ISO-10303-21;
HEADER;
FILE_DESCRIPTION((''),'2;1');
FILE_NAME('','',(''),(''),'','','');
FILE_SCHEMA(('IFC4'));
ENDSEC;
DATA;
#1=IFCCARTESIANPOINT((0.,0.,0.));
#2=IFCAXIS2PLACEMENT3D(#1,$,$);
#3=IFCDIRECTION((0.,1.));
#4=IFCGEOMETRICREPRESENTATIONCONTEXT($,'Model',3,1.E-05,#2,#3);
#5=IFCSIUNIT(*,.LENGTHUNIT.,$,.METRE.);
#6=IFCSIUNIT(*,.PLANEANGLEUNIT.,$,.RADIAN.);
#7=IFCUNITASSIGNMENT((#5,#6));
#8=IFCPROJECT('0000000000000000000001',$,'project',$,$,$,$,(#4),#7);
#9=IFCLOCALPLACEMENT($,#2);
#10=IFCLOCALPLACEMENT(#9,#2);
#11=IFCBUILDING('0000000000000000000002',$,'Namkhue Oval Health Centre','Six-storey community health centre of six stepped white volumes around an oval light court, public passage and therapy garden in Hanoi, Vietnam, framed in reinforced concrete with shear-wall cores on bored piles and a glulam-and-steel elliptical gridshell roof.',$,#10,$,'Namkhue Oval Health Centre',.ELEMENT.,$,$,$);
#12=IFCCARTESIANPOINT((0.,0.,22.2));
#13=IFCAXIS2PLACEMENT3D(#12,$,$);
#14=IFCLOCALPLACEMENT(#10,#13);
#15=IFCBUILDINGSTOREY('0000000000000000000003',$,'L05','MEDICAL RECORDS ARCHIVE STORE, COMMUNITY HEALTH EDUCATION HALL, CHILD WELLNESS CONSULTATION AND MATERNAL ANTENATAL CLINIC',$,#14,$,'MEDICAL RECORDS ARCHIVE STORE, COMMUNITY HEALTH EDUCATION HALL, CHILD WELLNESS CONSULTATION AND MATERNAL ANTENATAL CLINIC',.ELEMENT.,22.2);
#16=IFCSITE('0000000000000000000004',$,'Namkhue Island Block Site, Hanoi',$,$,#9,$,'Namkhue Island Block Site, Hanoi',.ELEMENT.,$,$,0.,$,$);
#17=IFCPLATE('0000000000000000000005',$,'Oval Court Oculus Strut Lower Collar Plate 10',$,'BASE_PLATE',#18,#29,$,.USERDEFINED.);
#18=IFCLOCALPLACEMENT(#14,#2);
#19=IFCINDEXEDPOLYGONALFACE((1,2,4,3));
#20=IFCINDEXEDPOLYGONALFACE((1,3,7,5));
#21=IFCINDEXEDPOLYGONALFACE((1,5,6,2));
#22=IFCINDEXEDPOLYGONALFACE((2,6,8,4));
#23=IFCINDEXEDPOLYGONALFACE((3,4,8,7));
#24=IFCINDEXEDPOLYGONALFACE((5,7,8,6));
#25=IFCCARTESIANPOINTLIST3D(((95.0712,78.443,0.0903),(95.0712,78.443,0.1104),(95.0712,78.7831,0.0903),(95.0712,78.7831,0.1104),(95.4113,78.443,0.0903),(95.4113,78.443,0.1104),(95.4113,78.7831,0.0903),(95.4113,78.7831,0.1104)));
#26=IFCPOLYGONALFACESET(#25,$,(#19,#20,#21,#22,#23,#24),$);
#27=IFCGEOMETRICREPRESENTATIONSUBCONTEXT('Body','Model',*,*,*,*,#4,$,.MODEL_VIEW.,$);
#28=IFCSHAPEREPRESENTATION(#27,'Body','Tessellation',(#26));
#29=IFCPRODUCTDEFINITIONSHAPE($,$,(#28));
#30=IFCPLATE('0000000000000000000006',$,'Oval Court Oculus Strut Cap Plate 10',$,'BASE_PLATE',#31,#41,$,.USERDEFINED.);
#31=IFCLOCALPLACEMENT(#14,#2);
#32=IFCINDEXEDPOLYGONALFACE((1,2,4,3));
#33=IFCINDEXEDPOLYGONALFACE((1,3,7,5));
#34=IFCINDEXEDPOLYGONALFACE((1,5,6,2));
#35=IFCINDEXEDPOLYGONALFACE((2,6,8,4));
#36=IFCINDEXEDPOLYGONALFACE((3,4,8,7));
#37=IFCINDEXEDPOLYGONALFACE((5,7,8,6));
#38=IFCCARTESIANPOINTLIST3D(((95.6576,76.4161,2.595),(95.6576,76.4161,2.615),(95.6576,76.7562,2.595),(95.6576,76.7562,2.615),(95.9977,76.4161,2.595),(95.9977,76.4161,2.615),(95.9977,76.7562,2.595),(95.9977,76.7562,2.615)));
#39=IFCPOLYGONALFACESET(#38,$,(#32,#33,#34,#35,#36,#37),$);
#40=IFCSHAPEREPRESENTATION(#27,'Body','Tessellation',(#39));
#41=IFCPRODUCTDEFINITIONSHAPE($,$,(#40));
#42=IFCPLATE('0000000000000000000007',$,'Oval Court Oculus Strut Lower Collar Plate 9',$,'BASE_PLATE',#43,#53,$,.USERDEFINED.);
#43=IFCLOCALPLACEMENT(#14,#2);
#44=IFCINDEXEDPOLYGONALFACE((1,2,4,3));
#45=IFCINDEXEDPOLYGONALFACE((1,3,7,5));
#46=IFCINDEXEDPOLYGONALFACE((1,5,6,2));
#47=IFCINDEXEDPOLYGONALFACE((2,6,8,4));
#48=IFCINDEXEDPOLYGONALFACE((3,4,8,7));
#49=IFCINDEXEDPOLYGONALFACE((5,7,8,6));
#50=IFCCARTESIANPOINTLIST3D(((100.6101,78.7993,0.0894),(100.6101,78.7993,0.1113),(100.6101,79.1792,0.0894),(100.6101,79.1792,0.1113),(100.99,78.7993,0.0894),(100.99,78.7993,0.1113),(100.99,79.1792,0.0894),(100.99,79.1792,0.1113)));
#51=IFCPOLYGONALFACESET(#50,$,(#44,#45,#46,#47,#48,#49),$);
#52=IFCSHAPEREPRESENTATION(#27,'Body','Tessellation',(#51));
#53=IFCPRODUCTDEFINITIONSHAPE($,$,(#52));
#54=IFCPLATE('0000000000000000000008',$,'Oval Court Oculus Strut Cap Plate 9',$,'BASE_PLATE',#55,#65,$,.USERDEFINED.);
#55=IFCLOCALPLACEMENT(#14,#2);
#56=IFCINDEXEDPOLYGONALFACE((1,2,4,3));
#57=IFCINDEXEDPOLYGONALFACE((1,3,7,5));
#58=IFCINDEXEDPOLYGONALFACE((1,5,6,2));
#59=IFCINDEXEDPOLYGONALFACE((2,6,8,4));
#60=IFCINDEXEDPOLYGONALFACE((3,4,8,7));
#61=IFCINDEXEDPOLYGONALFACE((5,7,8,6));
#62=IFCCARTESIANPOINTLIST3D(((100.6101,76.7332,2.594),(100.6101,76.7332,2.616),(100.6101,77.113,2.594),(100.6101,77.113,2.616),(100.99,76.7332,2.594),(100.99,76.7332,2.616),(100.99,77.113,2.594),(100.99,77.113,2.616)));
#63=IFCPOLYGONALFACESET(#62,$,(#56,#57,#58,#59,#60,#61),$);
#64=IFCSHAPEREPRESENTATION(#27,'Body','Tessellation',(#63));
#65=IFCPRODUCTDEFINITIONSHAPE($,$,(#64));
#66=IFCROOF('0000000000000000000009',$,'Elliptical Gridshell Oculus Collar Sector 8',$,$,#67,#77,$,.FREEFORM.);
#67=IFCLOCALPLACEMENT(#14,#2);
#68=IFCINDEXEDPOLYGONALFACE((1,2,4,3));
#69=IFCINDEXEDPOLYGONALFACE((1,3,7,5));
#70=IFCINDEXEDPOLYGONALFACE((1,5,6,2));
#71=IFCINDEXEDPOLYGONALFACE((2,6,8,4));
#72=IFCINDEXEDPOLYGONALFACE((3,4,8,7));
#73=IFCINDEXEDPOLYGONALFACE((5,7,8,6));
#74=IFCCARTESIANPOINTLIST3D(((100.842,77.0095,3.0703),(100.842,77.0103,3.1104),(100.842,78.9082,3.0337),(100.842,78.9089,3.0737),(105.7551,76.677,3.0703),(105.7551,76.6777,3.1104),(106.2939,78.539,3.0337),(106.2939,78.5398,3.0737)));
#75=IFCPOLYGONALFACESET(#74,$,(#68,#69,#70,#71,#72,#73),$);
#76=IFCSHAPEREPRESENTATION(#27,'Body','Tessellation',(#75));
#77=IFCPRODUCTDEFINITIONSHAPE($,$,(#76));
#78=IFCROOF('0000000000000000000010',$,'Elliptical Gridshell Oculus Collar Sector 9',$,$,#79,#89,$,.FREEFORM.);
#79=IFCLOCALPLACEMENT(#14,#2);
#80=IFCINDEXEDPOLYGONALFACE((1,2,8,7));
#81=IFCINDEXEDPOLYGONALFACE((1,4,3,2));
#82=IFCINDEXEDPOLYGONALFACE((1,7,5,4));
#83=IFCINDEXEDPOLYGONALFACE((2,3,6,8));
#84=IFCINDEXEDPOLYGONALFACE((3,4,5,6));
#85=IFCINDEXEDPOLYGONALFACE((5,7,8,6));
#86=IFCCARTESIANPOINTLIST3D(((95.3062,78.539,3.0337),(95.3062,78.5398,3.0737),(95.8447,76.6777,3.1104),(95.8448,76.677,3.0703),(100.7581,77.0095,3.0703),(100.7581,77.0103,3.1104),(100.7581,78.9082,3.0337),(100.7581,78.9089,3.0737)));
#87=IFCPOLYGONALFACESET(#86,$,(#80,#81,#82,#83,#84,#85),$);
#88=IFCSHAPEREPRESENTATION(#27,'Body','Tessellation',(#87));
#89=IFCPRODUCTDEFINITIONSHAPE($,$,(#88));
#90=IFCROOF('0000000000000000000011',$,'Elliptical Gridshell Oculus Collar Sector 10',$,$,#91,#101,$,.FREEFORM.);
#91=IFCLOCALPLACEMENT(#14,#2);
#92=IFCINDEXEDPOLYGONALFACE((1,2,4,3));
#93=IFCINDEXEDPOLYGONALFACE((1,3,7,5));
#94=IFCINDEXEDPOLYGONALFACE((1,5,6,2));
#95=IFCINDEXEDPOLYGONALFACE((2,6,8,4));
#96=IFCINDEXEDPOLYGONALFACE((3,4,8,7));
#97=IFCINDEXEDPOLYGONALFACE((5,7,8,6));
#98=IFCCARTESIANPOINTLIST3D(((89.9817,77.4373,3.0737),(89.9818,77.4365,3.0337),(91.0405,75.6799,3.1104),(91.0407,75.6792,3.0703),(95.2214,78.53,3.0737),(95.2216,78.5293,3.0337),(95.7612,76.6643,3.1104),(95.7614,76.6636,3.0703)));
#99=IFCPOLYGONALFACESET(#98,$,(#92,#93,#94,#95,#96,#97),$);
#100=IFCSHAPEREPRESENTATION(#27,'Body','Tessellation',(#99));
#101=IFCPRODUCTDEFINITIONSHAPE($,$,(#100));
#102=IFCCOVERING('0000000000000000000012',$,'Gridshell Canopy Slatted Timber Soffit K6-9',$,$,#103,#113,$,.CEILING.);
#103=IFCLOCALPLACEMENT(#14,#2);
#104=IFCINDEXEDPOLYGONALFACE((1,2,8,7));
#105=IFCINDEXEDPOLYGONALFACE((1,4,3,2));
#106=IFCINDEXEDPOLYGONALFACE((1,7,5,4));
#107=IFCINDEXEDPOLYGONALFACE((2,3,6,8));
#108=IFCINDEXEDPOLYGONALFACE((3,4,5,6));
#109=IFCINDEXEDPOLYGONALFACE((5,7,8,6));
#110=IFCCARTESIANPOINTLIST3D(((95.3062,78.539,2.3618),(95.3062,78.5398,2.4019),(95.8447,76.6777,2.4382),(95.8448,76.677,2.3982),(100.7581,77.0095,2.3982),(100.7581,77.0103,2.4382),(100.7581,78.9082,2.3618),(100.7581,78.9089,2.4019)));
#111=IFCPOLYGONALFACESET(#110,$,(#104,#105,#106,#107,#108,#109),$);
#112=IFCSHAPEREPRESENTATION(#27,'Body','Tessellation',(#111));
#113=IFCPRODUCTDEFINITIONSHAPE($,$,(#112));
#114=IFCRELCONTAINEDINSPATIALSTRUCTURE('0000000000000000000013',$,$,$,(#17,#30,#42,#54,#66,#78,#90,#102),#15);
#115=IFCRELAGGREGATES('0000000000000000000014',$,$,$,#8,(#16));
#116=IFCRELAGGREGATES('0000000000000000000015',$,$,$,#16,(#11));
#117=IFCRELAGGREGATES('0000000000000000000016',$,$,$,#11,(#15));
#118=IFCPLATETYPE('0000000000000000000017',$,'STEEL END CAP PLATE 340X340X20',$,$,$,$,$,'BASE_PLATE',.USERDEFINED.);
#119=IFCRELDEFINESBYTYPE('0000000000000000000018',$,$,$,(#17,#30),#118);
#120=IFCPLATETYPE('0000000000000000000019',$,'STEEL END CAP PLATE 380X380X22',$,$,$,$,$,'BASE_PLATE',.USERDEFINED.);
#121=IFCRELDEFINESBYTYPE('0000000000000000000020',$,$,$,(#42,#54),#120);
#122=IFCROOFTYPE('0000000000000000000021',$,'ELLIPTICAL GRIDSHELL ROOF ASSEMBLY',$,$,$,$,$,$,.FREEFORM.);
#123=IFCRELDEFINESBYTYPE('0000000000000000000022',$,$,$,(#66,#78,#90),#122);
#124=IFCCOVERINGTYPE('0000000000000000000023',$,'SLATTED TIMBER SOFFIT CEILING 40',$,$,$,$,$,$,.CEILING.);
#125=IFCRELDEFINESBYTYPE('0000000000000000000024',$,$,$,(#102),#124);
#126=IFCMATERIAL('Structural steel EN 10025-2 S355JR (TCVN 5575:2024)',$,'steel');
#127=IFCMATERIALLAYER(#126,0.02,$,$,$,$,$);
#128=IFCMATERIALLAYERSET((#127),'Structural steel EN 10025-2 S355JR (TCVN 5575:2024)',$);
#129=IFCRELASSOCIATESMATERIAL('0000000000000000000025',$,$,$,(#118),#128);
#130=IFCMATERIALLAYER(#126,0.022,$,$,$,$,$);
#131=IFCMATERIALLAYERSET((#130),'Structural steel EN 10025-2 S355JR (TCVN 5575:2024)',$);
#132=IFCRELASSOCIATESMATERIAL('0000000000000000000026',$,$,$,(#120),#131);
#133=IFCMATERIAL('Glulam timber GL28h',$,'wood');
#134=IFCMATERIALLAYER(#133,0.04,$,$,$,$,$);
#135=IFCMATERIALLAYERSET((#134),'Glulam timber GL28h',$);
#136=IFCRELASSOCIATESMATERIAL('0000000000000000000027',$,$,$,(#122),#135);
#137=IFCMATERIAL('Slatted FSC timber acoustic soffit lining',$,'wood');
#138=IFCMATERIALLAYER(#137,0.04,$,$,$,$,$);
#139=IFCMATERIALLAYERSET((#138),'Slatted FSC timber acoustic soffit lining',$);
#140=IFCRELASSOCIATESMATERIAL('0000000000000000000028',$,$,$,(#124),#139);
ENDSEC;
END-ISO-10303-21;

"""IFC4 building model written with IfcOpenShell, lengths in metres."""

from ifc_helpers import new_model, si_unit, direction, frame, origin, origin_2d, place, context, subcontext, project, spatial, polyline, rectangle, outline, extrude, material, layer, layer_set, type_object, element, save


model = new_model("IFC4")

# Units and contexts
model_context = context("Model", 3, precision=1e-05, world=origin(), true_north=direction((0.0, 1.0)))
body_context = subcontext(model_context, "Body", "Model", "MODEL_VIEW")
ifc_project = project(units=[si_unit("LENGTHUNIT", "METRE"), si_unit("PLANEANGLEUNIT", "RADIAN")], contexts=[model_context])

# Site, building, storey
site_placement = place(None, origin())
site = spatial("IfcSite", under=ifc_project, at=site_placement, Name="Namkhue Island Block Site, Hanoi", LongName="Namkhue Island Block Site, Hanoi", CompositionType="ELEMENT", RefElevation=0.0)
building_placement = place(site_placement, origin())
building = spatial("IfcBuilding", under=site, at=building_placement, Name="Namkhue Oval Health Centre", Description="Six-storey community health centre of six stepped white volumes around an oval light court, public passage and therapy garden in Hanoi, Vietnam, framed in reinforced concrete with shear-wall cores on bored piles and a glulam-and-steel elliptical gridshell roof.", LongName="Namkhue Oval Health Centre", CompositionType="ELEMENT")
storey_placement = place(building_placement, frame((0.0, 0.0, 22.2)))
storey = spatial("IfcBuildingStorey", under=building, at=storey_placement, Name="L05", Description="MEDICAL RECORDS ARCHIVE STORE, COMMUNITY HEALTH EDUCATION HALL, CHILD WELLNESS CONSULTATION AND MATERNAL ANTENATAL CLINIC", LongName="MEDICAL RECORDS ARCHIVE STORE, COMMUNITY HEALTH EDUCATION HALL, CHILD WELLNESS CONSULTATION AND MATERNAL ANTENATAL CLINIC", CompositionType="ELEMENT", Elevation=22.2)

# Shared definitions
ifc_material_1 = material(Name="Structural steel EN 10025-2 S355JR (TCVN 5575:2024)", Category="steel")
ifc_material_2 = material(Name="Glulam timber GL28h", Category="wood")

# Plates
ifc_layer_1 = layer(ifc_material_1, 0.02)
ifc_layer_set_1 = layer_set([ifc_layer_1], Name="Structural steel EN 10025-2 S355JR (TCVN 5575:2024)")
plate_type_1 = type_object("IfcPlateType", Name="STEEL END CAP PLATE 340X340X20", ElementType="BASE_PLATE", PredefinedType="USERDEFINED", material=ifc_layer_set_1)
for number, where, z_axis, x_axis, name in (
    (1, (95.2412, 78.613, 0.0903), (0.0, 0.0, 1.0), (1.0, 0.0, 0.0), "Oval Court Oculus Strut Lower Collar Plate 10"),
    (2, (95.8276, 76.5862, 2.595), (0.0, 0.0, 1.0), (1.0, 0.0, 0.0), "Oval Court Oculus Strut Cap Plate 10"),
):
    element("IfcPlate", number, at=place(storey_placement, frame(where, z_axis=z_axis, x_axis=x_axis)), inside=storey, type_object=plate_type_1, Name=name, ObjectType="BASE_PLATE", PredefinedType="USERDEFINED", context=body_context, shape_type="SweptSolid", body=[
        extrude(rectangle(XDim=0.3401, YDim=0.3401, at=origin_2d()), origin(), (0.0, 0.0, 1.0), 0.02),
    ])
ifc_layer_2 = layer(ifc_material_1, 0.022)
ifc_layer_set_2 = layer_set([ifc_layer_2], Name="Structural steel EN 10025-2 S355JR (TCVN 5575:2024)")
plate_type_2 = type_object("IfcPlateType", Name="STEEL END CAP PLATE 380X380X22", ElementType="BASE_PLATE", PredefinedType="USERDEFINED", material=ifc_layer_set_2)
for number, where, z_axis, x_axis, name in (
    (3, (100.8, 78.9893, 0.0894), (0.0, 0.0, 1.0), (1.0, 0.0, 0.0), "Oval Court Oculus Strut Lower Collar Plate 9"),
    (4, (100.8, 76.9231, 2.594), (0.0, 0.0, 1.0), (1.0, 0.0, 0.0), "Oval Court Oculus Strut Cap Plate 9"),
):
    element("IfcPlate", number, at=place(storey_placement, frame(where, z_axis=z_axis, x_axis=x_axis)), inside=storey, type_object=plate_type_2, Name=name, ObjectType="BASE_PLATE", PredefinedType="USERDEFINED", context=body_context, shape_type="SweptSolid", body=[
        extrude(rectangle(XDim=0.3799, YDim=0.3799, at=origin_2d()), origin(), (0.0, 0.0, 1.0), 0.022),
    ])

# Roofs
ifc_layer_3 = layer(ifc_material_2, 0.04)
ifc_layer_set_3 = layer_set([ifc_layer_3], Name="Glulam timber GL28h")
roof_type = type_object("IfcRoofType", Name="ELLIPTICAL GRIDSHELL ROOF ASSEMBLY", PredefinedType="FREEFORM", material=ifc_layer_set_3)
roof_1_placement = place(storey_placement, frame((106.2939, 78.5398, 3.0737), z_axis=(0.001305, 0.019285, 0.999813), x_axis=(-0.997716, 0.067554, 0.0)))
element("IfcRoof", 5, at=roof_1_placement, inside=storey, type_object=roof_type, Name="Elliptical Gridshell Oculus Collar Sector 8", PredefinedType="FREEFORM", context=body_context, shape_type="SweptSolid", body=[
    extrude(outline(polyline([(0.0, 0.0), (5.4644, 0.0), (5.3361, 1.8947), (0.4118, 1.8946), (0.0, 0.0)])), origin(), (0.0, 0.0, -1.0), 0.04),
])
roof_2_placement = place(storey_placement, frame((100.7581, 78.9089, 3.0737), z_axis=(-0.001305, 0.019285, 0.999813), x_axis=(-0.997716, -0.067554, 0.0)))
element("IfcRoof", 6, at=roof_2_placement, inside=storey, type_object=roof_type, Name="Elliptical Gridshell Oculus Collar Sector 9", PredefinedType="FREEFORM", context=body_context, shape_type="SweptSolid", body=[
    extrude(outline(polyline([(0.0, 0.0), (5.4644, 0.0), (5.0528, 1.8945), (0.1283, 1.8947), (0.0, 0.0)])), origin(), (0.0, 0.0, -1.0), 0.04),
])
roof_3_placement = place(storey_placement, frame((95.2214, 78.53, 3.0737), z_axis=(-0.00386, 0.018509, 0.999821), x_axis=(-0.978937, -0.204162, 0.0)))
element("IfcRoof", 7, at=roof_3_placement, inside=storey, type_object=roof_type, Name="Elliptical Gridshell Oculus Collar Sector 10", PredefinedType="FREEFORM", context=body_context, shape_type="SweptSolid", body=[
    extrude(outline(polyline([(0.0, 0.0), (5.3525, 0.0), (4.6747, 1.9368), (-0.1475, 1.937), (0.0, 0.0)])), origin(), (0.0, 0.0, -1.0), 0.04),
])

# Covering
ifc_material_3 = material(Name="Slatted FSC timber acoustic soffit lining", Category="wood")
ifc_layer_4 = layer(ifc_material_3, 0.04)
ifc_layer_set_4 = layer_set([ifc_layer_4], Name="Slatted FSC timber acoustic soffit lining")
covering_type = type_object("IfcCoveringType", Name="SLATTED TIMBER SOFFIT CEILING 40", PredefinedType="CEILING", material=ifc_layer_set_4)
covering_placement = place(storey_placement, frame((100.7581, 78.9089, 2.4019), z_axis=(-0.001297, 0.019156, 0.999816), x_axis=(-0.997716, -0.067554, 0.0)))
element("IfcCovering", 8, at=covering_placement, inside=storey, type_object=covering_type, Name="Gridshell Canopy Slatted Timber Soffit K6-9", PredefinedType="CEILING", context=body_context, shape_type="SweptSolid", body=[
    extrude(outline(polyline([(0.0, 0.0), (5.4644, 0.0), (5.0528, 1.8945), (0.1283, 1.8947), (0.0, 0.0)])), origin(), (0.0, 0.0, -1.0), 0.04),
])

save(model, "model.ifc")
